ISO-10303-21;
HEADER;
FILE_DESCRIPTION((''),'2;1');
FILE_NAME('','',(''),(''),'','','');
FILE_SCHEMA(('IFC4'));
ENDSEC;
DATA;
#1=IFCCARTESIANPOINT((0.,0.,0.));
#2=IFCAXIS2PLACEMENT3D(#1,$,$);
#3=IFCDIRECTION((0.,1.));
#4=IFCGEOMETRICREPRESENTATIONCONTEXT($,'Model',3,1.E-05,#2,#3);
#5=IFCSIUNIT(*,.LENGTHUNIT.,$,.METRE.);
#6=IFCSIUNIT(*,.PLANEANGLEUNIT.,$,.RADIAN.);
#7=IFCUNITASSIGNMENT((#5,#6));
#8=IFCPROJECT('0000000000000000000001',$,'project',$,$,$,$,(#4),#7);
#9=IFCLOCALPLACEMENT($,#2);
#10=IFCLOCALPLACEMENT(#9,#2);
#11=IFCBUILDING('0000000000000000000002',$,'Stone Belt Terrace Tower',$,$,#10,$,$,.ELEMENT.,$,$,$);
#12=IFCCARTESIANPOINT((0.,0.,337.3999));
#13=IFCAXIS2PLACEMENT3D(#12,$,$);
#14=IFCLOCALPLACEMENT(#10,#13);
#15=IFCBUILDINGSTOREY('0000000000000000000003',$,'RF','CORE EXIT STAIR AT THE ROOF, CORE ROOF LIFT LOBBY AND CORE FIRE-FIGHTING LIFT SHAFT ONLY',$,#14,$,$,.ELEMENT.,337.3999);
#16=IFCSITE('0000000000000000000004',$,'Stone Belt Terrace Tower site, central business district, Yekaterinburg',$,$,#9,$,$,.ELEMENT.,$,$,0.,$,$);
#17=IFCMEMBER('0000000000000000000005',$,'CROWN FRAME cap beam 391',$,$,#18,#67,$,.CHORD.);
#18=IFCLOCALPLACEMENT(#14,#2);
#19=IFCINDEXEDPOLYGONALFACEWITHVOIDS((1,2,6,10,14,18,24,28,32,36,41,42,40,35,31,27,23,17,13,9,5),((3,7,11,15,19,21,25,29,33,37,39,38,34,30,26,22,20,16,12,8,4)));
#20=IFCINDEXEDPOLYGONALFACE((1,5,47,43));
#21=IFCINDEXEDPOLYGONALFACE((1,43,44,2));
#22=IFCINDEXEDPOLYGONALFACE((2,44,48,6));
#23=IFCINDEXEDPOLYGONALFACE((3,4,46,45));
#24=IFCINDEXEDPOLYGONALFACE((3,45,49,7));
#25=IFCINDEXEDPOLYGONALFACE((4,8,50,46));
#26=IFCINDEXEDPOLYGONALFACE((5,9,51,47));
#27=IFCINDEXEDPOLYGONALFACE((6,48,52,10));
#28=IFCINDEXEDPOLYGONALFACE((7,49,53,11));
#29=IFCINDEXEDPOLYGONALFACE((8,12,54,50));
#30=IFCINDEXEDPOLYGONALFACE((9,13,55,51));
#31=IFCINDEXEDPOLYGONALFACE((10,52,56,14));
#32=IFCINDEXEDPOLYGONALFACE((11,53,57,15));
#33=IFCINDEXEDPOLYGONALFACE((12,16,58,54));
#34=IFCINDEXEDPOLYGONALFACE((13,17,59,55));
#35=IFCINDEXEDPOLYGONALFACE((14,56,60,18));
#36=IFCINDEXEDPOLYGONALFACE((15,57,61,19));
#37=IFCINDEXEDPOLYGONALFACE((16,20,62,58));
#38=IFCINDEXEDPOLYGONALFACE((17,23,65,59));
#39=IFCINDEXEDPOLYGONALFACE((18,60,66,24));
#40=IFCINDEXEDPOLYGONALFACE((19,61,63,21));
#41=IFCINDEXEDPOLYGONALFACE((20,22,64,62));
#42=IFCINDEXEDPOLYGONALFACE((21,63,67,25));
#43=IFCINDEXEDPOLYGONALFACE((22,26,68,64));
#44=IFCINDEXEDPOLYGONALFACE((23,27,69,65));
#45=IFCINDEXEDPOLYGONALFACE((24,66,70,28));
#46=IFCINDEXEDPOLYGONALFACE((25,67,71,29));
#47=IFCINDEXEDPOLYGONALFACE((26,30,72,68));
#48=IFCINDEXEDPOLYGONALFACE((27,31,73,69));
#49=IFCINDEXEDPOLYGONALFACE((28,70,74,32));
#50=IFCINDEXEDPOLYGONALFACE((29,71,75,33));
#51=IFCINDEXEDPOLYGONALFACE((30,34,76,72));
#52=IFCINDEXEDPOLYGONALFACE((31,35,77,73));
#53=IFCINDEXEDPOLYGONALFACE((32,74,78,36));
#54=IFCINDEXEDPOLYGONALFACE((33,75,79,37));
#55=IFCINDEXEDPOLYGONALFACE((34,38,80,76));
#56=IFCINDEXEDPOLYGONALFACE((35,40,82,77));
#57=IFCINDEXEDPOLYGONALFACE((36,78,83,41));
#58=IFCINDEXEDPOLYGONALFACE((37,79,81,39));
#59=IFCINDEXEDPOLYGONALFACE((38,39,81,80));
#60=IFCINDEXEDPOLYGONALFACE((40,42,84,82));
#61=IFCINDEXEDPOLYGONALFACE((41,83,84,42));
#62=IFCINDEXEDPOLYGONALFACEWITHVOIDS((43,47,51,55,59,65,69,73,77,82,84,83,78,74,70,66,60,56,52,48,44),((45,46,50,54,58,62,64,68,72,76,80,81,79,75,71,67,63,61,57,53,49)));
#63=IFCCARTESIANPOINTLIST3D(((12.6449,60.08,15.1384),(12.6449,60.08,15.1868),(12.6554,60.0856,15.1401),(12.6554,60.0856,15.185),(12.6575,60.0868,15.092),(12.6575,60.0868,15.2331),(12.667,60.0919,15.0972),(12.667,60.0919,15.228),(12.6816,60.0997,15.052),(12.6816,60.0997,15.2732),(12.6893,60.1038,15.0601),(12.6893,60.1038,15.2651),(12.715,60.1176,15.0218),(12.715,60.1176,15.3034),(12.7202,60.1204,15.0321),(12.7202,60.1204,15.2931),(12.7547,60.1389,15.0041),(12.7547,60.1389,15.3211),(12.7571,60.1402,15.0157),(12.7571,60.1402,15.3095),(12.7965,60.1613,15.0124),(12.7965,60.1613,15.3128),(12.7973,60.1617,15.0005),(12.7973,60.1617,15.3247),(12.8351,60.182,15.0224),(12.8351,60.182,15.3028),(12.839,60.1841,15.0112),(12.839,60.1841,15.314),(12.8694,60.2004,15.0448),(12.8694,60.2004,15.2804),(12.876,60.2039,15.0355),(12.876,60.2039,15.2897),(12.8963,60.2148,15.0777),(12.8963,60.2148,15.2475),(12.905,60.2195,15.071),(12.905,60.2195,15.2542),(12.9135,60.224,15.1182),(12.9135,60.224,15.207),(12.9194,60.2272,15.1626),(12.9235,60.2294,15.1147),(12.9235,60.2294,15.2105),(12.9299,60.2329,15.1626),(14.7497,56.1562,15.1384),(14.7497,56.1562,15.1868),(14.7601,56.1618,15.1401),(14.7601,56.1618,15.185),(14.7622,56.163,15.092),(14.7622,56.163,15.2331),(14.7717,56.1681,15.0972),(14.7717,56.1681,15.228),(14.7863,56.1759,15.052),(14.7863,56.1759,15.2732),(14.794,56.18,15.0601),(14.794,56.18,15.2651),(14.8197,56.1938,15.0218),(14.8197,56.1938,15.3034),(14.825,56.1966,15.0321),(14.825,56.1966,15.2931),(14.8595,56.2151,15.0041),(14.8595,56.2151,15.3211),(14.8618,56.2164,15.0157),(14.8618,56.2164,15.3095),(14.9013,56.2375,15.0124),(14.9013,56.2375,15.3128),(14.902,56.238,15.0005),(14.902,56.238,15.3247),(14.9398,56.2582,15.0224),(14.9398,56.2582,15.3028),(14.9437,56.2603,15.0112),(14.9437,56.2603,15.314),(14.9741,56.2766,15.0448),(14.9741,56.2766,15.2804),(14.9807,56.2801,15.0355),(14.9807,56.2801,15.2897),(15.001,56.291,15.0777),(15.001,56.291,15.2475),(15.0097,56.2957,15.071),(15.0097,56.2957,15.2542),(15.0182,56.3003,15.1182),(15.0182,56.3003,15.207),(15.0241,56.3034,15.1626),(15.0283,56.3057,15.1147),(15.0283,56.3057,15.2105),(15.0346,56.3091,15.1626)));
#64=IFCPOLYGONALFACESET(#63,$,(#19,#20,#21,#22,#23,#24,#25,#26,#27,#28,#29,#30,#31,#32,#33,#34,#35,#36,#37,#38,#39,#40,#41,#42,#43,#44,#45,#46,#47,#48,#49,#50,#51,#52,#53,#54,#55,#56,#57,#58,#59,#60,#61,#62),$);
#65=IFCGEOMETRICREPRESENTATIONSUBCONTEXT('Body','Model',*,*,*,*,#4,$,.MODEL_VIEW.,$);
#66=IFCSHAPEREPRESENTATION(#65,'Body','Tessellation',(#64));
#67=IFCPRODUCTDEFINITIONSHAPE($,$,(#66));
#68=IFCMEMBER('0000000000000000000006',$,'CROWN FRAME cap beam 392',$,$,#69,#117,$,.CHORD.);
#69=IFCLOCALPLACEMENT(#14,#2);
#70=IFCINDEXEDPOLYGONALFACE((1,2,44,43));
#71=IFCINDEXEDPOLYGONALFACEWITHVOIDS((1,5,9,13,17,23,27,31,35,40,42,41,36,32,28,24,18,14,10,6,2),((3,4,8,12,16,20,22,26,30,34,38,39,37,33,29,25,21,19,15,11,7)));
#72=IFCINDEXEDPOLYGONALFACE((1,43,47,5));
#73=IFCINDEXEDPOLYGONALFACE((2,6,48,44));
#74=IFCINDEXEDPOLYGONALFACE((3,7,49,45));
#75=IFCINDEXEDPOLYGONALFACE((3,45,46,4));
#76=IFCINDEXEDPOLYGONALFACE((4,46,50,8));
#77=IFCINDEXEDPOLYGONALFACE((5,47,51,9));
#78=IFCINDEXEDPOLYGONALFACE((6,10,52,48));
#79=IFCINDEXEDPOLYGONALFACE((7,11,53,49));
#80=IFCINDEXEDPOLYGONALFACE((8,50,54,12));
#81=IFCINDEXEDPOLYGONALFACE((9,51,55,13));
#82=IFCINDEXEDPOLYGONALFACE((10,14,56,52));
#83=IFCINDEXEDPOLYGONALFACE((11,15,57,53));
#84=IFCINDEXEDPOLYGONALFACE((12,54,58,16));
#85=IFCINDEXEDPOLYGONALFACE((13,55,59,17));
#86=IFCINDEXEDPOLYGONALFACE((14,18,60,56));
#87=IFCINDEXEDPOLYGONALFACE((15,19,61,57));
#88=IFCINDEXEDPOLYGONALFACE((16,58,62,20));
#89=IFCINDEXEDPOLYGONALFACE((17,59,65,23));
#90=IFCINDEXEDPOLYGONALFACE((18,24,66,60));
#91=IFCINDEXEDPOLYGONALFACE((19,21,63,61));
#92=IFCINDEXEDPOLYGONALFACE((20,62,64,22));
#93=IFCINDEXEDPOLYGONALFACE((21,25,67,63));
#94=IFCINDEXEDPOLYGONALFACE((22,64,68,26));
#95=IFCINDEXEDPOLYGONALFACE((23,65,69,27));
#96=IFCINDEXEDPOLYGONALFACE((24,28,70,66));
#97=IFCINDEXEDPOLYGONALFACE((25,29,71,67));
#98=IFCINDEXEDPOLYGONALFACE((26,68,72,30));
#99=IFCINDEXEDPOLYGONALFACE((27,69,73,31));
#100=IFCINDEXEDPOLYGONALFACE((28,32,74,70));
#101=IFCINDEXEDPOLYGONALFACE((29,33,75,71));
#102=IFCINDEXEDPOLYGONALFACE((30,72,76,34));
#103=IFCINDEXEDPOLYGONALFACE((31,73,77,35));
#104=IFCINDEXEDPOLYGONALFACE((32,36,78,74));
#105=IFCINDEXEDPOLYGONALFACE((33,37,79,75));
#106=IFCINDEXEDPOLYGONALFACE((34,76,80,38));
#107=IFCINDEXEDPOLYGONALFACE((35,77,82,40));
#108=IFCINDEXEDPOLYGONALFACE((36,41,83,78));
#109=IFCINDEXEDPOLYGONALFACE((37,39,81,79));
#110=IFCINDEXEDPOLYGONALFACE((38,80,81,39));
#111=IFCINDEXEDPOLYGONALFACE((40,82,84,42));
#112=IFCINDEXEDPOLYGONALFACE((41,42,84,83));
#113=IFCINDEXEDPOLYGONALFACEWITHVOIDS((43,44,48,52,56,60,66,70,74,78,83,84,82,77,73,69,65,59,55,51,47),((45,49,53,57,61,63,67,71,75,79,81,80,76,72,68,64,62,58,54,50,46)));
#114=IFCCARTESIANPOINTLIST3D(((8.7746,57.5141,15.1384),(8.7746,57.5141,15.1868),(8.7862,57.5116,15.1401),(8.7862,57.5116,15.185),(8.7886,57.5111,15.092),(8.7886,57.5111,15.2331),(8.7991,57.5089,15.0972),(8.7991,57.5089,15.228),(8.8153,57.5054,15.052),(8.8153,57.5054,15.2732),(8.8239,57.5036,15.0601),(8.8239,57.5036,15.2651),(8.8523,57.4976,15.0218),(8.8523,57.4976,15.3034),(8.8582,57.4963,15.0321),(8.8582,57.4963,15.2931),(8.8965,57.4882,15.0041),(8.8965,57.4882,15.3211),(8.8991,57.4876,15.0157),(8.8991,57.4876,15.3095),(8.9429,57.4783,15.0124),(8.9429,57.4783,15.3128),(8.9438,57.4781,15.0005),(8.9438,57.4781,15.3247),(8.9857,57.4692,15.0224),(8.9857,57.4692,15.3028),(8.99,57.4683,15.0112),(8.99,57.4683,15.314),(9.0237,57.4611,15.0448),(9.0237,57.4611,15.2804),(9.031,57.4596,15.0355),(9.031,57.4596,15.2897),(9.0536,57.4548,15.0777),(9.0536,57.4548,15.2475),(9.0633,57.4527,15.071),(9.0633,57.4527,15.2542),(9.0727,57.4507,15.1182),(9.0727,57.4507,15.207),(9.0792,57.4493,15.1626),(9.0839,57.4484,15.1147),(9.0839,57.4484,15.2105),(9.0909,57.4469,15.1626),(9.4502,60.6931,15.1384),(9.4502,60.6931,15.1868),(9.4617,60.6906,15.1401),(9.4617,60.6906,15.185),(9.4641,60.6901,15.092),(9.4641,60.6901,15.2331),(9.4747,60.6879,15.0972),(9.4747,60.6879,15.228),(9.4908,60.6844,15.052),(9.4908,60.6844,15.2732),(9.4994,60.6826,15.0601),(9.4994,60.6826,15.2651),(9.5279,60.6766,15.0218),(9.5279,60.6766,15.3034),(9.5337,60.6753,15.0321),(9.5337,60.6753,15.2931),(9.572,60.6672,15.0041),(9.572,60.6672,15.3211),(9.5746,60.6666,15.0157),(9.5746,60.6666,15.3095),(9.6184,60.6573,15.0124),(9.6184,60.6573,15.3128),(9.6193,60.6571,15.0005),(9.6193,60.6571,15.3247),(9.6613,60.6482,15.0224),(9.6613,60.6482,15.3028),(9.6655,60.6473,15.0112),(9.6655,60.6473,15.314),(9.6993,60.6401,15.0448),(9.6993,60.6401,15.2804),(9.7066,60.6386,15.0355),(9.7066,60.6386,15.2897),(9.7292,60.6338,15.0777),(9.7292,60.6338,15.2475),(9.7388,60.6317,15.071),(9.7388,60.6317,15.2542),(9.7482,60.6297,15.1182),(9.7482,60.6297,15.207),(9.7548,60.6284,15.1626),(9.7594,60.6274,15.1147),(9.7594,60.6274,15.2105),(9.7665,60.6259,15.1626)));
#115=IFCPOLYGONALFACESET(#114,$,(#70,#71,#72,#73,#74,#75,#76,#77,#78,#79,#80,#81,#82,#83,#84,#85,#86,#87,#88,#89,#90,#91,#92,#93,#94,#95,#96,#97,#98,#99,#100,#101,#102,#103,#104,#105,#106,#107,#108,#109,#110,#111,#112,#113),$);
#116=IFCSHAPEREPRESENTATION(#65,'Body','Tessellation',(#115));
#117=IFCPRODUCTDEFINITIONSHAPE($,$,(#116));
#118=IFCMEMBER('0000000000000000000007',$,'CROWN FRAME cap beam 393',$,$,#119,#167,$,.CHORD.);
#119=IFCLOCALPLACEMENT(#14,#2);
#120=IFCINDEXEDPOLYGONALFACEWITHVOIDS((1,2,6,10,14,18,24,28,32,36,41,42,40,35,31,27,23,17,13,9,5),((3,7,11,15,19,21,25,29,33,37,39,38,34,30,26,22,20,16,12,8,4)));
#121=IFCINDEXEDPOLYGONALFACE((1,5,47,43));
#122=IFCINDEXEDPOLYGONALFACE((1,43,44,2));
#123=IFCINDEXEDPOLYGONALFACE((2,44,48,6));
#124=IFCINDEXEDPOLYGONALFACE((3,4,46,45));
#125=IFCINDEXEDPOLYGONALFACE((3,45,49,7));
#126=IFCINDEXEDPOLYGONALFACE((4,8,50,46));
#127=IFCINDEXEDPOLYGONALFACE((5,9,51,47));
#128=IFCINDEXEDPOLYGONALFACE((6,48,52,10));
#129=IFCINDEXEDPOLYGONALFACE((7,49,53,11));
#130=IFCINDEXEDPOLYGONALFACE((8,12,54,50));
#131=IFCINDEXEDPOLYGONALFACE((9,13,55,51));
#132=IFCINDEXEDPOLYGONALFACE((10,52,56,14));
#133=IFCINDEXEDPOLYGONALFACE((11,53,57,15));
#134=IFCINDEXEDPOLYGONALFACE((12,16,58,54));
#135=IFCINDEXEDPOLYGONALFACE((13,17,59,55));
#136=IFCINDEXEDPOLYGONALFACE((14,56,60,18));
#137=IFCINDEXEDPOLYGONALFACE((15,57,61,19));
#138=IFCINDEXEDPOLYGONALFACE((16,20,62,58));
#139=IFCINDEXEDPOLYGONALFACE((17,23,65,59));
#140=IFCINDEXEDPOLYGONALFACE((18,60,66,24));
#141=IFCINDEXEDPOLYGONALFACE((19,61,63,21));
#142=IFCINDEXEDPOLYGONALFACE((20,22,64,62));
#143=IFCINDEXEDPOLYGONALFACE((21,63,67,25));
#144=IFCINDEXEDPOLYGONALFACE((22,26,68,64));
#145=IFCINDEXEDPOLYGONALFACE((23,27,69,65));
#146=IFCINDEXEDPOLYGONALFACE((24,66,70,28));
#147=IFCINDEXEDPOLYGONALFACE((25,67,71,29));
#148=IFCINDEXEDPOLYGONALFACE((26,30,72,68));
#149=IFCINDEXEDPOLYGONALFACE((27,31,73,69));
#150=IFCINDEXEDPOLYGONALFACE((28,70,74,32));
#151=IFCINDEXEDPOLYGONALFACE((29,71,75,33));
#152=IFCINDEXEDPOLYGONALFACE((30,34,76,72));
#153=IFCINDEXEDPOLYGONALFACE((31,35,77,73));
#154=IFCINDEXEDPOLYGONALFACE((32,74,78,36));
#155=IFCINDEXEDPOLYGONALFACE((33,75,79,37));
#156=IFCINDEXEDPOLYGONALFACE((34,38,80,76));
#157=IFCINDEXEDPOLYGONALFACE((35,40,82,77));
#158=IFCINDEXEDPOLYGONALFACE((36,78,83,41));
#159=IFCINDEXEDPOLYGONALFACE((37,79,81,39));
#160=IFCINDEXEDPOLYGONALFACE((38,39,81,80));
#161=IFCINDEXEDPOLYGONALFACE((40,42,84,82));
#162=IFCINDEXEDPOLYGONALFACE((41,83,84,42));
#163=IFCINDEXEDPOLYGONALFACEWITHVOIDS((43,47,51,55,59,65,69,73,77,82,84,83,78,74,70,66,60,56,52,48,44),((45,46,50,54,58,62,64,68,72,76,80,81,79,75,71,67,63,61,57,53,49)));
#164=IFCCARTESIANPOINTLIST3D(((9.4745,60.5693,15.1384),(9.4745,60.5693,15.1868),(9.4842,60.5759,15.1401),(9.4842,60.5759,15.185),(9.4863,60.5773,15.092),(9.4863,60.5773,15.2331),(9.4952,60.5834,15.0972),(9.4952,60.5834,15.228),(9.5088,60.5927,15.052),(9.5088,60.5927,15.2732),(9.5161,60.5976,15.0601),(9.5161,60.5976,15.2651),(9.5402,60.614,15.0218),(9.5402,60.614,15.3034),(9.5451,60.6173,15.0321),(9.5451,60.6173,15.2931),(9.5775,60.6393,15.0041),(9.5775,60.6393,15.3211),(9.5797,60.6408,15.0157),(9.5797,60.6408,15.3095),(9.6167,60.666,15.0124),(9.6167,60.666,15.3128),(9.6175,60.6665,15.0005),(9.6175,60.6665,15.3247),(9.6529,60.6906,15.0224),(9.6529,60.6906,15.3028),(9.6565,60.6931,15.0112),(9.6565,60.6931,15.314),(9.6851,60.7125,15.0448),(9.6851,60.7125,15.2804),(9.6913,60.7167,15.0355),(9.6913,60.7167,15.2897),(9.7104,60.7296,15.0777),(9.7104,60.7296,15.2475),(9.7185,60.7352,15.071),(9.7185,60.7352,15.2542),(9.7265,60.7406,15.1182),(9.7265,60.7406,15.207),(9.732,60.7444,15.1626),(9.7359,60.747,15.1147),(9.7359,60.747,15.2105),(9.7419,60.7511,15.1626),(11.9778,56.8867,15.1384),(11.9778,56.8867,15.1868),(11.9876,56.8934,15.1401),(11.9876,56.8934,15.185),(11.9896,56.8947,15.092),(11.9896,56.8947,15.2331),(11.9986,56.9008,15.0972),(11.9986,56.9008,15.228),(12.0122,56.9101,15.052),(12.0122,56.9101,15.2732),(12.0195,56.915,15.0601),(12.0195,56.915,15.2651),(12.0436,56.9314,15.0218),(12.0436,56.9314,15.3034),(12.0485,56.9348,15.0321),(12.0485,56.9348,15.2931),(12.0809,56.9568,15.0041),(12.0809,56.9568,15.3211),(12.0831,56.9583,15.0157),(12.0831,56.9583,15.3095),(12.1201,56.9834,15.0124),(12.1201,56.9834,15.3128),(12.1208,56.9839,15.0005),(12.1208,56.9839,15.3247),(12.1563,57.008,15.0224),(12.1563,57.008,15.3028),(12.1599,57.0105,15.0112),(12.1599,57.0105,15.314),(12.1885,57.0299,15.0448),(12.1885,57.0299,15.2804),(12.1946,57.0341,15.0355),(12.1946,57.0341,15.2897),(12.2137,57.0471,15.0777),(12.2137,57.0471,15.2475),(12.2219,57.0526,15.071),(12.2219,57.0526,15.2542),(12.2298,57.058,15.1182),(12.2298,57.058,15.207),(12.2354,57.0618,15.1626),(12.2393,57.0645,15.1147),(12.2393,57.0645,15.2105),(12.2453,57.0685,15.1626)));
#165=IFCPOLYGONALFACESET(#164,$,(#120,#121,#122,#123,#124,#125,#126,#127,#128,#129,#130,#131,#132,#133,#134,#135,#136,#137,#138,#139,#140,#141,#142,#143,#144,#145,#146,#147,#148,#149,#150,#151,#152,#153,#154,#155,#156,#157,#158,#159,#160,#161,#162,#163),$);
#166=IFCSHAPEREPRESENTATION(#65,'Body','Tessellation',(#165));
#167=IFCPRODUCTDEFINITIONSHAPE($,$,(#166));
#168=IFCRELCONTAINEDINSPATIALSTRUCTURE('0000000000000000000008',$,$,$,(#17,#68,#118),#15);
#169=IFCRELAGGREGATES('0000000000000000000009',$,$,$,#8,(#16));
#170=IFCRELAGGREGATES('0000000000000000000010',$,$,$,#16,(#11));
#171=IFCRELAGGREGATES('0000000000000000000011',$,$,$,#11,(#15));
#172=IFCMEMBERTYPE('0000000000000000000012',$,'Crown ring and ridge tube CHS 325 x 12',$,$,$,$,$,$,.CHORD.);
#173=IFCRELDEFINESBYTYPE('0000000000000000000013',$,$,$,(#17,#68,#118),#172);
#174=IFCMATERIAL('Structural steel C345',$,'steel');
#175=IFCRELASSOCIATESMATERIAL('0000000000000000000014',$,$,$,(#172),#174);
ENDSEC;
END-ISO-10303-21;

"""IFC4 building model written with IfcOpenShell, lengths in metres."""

from ifc_helpers import new_model, si_unit, direction, frame, origin, origin_2d, place, context, subcontext, project, spatial, hollow_circle, extrude, material, material_profile, profile_set, type_object, element, save


model = new_model("IFC4")

# Units and contexts
model_context = context("Model", 3, precision=1e-05, world=origin(), true_north=direction((0.0, 1.0)))
body_context = subcontext(model_context, "Body", "Model", "MODEL_VIEW")
ifc_project = project(units=[si_unit("LENGTHUNIT", "METRE"), si_unit("PLANEANGLEUNIT", "RADIAN")], contexts=[model_context])

# Site, building, storey
site_placement = place(None, origin())
site = spatial("IfcSite", under=ifc_project, at=site_placement, Name="Stone Belt Terrace Tower site, central business district, Yekaterinburg", CompositionType="ELEMENT", RefElevation=0.0)
building_placement = place(site_placement, origin())
building = spatial("IfcBuilding", under=site, at=building_placement, Name="Stone Belt Terrace Tower", CompositionType="ELEMENT")
storey_placement = place(building_placement, frame((0.0, 0.0, 337.3999)))
storey = spatial("IfcBuildingStorey", under=building, at=storey_placement, Name="RF", Description="CORE EXIT STAIR AT THE ROOF, CORE ROOF LIFT LOBBY AND CORE FIRE-FIGHTING LIFT SHAFT ONLY", CompositionType="ELEMENT", Elevation=337.3999)

# Members
ifc_material_1 = material(Name="Structural steel C345", Category="steel")
ifc_material_profile = material_profile(ifc_material_1, hollow_circle(Radius=0.1626, WallThickness=0.012, at=origin_2d()), Name="Structural steel C345 CHS 325x12")
ifc_profile_set = profile_set([ifc_material_profile], Name="Structural steel C345")
member_type = type_object("IfcMemberType", Name="Crown ring and ridge tube CHS 325 x 12", PredefinedType="CHORD", material=ifc_profile_set)
member_1_placement = place(storey_placement, frame((12.7866, 60.156, 15.1626), z_axis=(0.47269, -0.881229, 0.0), x_axis=(0.881229, 0.47269, 0.0)))
element("IfcMember", 1, at=member_1_placement, inside=storey, type_object=member_type, Name="CROWN FRAME cap beam 391", PredefinedType="CHORD", context=body_context, shape_type="SweptSolid", body=[
    extrude(hollow_circle(Radius=0.1626, WallThickness=0.012, at=origin_2d()), origin(), (0.0, 0.0, 1.0), 4.4526),
])
member_2_placement = place(storey_placement, frame((9.6074, 60.6597, 15.1626), z_axis=(-0.207861, -0.978158, 0.0), x_axis=(0.978158, -0.207861, 0.0)))
element("IfcMember", 2, at=member_2_placement, inside=storey, type_object=member_type, Name="CROWN FRAME cap beam 392", PredefinedType="CHORD", context=body_context, shape_type="SweptSolid", body=[
    extrude(hollow_circle(Radius=0.1626, WallThickness=0.012, at=origin_2d()), origin(), (0.0, 0.0, 1.0), 3.25),
])
member_3_placement = place(storey_placement, frame((9.6074, 60.6597, 15.1626), z_axis=(0.562193, -0.827006, 0.0), x_axis=(0.827006, 0.562193, 0.0)))
element("IfcMember", 3, at=member_3_placement, inside=storey, type_object=member_type, Name="CROWN FRAME cap beam 393", PredefinedType="CHORD", context=body_context, shape_type="SweptSolid", body=[
    extrude(hollow_circle(Radius=0.1626, WallThickness=0.012, at=origin_2d()), origin(), (0.0, 0.0, 1.0), 4.4529),
])

save(model, "model.ifc")
